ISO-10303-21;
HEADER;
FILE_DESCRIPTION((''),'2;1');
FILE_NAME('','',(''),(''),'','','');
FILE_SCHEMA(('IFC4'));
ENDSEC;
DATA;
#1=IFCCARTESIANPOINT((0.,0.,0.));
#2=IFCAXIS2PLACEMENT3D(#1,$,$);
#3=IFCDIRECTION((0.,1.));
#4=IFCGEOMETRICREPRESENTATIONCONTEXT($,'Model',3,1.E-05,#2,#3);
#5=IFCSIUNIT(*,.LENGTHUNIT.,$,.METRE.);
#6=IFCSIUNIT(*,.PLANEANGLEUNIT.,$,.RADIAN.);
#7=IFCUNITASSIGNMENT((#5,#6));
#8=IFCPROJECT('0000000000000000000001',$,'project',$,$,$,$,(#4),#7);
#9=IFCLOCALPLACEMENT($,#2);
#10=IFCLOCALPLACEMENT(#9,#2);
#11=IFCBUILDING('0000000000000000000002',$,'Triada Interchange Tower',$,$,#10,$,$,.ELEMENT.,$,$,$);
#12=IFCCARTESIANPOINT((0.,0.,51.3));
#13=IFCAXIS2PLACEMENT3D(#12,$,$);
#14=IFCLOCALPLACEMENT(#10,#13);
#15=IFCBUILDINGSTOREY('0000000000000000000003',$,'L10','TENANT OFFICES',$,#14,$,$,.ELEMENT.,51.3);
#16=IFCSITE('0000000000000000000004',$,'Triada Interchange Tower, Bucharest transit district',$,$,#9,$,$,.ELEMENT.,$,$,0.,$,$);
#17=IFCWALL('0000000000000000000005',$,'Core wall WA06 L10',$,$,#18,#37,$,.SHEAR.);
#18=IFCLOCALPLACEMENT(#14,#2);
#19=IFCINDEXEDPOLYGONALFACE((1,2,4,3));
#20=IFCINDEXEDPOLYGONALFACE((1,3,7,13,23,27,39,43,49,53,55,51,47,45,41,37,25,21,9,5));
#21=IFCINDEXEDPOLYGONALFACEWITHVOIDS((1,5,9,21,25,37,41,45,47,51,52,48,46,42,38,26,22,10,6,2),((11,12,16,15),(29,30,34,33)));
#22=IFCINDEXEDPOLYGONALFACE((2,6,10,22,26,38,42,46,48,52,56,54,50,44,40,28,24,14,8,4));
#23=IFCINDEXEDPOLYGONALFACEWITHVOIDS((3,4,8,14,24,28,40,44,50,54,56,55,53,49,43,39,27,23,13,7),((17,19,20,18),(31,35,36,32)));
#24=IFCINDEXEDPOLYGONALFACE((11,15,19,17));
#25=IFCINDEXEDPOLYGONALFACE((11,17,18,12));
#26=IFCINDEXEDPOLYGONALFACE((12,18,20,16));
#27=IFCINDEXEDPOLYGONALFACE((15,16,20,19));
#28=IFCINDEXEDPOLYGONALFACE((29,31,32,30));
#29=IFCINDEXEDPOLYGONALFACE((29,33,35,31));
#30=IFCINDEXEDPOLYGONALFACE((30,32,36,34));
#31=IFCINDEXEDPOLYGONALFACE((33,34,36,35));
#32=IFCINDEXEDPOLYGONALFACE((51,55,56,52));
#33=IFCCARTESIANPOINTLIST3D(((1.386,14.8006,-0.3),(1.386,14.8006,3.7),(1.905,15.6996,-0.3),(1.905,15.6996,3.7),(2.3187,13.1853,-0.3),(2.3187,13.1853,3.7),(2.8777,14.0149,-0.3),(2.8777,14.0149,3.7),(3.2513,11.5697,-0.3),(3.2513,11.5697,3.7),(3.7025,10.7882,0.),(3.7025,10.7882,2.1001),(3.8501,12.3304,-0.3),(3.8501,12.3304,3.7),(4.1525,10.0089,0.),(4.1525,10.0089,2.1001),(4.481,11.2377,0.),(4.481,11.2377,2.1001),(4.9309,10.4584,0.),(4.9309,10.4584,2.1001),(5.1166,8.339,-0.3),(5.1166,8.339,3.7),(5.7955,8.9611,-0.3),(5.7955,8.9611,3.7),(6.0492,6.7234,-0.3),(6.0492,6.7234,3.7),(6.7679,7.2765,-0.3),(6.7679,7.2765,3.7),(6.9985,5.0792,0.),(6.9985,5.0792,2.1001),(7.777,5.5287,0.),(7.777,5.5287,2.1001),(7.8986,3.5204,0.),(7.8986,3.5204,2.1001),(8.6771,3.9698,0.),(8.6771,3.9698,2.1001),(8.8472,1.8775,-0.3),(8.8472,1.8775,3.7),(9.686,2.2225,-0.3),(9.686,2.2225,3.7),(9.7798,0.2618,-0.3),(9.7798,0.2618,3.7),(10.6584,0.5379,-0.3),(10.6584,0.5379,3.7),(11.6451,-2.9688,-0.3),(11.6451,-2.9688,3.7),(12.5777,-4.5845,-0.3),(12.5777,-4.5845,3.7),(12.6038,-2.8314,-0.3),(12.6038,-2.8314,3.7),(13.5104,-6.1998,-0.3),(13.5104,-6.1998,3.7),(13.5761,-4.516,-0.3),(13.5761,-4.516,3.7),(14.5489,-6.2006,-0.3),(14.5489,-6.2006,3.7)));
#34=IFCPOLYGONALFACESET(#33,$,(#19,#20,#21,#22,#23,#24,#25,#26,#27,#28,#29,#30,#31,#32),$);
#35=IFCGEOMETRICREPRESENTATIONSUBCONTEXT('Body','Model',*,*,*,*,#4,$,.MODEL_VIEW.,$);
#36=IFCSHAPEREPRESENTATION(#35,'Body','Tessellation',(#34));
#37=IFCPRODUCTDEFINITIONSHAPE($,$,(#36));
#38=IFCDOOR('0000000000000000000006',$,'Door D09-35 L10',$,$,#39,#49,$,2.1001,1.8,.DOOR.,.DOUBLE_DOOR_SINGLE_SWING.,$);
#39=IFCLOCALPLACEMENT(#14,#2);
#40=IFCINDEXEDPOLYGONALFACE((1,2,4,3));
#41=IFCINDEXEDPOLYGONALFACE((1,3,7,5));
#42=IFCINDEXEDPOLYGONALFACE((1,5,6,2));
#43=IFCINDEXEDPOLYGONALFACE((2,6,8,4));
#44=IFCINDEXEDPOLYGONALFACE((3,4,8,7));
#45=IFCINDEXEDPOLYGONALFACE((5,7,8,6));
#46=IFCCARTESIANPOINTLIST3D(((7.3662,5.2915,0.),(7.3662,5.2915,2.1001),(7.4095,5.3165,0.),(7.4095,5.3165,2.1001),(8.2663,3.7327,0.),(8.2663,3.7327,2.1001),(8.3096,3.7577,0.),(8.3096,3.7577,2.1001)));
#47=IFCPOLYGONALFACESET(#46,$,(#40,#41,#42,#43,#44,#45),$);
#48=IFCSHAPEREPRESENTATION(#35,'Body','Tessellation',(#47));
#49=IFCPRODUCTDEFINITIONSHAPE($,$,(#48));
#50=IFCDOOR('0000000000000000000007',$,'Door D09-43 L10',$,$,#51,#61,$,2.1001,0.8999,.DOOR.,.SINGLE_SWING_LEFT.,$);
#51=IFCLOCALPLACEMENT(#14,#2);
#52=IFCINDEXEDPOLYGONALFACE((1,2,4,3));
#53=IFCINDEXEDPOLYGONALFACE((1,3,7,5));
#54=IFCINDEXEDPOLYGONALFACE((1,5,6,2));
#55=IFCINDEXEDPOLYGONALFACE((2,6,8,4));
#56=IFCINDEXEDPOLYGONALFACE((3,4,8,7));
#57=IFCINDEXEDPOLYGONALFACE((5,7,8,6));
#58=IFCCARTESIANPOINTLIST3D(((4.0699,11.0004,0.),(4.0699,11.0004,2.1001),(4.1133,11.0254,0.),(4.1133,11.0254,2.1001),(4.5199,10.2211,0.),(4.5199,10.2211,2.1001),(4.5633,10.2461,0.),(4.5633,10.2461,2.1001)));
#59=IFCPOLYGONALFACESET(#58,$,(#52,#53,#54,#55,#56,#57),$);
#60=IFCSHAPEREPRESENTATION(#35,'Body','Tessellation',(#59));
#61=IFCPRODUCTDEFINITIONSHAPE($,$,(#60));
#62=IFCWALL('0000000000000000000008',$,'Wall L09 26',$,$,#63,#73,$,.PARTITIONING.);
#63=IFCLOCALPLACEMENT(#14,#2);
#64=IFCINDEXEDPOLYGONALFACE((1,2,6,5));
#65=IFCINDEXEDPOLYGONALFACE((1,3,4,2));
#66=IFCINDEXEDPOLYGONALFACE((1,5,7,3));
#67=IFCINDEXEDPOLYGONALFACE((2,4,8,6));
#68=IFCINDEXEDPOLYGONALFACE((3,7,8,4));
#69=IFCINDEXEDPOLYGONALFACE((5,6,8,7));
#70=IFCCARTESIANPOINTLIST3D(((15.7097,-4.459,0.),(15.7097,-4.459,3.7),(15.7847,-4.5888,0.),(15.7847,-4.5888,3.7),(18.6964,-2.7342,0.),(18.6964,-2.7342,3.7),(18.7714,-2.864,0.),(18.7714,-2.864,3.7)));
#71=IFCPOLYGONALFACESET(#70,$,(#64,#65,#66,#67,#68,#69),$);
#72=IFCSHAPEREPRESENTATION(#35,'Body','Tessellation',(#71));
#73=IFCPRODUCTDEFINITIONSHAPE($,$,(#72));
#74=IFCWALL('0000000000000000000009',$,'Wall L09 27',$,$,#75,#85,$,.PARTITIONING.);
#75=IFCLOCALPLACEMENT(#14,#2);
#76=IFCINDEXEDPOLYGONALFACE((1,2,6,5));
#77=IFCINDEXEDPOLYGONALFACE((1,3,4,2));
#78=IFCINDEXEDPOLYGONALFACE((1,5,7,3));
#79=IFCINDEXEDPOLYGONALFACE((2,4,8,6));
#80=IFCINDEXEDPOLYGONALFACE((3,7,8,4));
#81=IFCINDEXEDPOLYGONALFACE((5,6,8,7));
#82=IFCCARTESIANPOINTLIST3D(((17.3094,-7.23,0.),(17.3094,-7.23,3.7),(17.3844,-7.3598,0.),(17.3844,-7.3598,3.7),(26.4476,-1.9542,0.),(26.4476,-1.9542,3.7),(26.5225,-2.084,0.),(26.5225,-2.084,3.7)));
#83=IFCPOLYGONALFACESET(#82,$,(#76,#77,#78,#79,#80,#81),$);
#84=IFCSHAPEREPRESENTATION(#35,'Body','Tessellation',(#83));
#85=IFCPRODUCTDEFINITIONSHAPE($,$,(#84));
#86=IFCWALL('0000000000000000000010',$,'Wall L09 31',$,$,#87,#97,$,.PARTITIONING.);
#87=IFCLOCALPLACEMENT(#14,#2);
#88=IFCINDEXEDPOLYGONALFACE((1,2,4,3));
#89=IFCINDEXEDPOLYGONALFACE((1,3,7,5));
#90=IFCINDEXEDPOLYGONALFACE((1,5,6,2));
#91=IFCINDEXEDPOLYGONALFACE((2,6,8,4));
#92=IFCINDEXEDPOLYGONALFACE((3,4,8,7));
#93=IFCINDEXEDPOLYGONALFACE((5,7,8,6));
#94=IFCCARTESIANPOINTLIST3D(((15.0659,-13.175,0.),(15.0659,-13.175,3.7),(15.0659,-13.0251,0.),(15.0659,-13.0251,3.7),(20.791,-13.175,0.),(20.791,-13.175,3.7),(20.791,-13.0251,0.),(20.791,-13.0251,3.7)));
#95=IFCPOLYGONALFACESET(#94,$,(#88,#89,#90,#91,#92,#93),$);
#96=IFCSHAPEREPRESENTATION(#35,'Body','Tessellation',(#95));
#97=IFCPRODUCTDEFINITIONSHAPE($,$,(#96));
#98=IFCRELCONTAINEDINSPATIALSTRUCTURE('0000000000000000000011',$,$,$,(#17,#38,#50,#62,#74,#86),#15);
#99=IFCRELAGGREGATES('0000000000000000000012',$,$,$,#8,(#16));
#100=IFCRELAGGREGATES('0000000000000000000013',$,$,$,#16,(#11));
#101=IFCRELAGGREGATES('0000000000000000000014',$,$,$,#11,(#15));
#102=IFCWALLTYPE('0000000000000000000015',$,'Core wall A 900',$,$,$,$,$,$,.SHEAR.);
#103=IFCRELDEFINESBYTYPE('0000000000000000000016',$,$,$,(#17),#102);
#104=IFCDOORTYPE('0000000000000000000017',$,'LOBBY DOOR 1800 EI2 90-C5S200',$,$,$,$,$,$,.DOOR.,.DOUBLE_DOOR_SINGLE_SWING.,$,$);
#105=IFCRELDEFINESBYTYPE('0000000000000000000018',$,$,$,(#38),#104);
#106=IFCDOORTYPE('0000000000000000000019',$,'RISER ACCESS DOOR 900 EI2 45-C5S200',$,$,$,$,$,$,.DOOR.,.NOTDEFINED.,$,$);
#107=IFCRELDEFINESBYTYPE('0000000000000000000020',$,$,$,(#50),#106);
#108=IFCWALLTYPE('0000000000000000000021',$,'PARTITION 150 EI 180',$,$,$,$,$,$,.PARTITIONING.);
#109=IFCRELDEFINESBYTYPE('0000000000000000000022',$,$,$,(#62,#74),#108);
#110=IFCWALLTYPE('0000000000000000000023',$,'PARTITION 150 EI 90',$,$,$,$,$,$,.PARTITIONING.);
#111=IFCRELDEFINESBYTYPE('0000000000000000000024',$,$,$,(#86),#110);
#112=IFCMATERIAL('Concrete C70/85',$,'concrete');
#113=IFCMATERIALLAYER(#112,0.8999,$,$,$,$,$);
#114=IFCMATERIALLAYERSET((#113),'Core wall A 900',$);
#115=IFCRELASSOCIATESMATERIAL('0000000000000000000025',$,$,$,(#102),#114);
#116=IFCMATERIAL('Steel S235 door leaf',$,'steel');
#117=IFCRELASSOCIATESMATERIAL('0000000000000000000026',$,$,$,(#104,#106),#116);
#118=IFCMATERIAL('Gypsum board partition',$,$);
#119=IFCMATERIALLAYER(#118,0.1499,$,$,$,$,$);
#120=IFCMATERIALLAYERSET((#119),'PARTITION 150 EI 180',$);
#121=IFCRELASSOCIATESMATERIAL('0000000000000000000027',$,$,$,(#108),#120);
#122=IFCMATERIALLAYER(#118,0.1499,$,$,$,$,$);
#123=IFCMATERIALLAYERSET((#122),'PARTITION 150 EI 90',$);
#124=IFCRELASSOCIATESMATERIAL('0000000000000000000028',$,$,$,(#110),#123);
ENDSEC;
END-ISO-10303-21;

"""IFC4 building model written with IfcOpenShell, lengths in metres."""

from ifc_helpers import new_model, si_unit, direction, frame, frame_2d, origin, place, context, subcontext, project, spatial, polyline, rectangle, outline, extrude, material, layer, layer_set, type_object, element, fill, save


model = new_model("IFC4")

# Units and contexts
model_context = context("Model", 3, precision=1e-05, world=origin(), true_north=direction((0.0, 1.0)))
body_context = subcontext(model_context, "Body", "Model", "MODEL_VIEW")
ifc_project = project(units=[si_unit("LENGTHUNIT", "METRE"), si_unit("PLANEANGLEUNIT", "RADIAN")], contexts=[model_context])

# Site, building, storey
site_placement = place(None, origin())
site = spatial("IfcSite", under=ifc_project, at=site_placement, Name="Triada Interchange Tower, Bucharest transit district", CompositionType="ELEMENT", RefElevation=0.0)
building_placement = place(site_placement, origin())
building = spatial("IfcBuilding", under=site, at=building_placement, Name="Triada Interchange Tower", CompositionType="ELEMENT")
storey_placement = place(building_placement, frame((0.0, 0.0, 51.3)))
storey = spatial("IfcBuildingStorey", under=building, at=storey_placement, Name="L10", Description="TENANT OFFICES", CompositionType="ELEMENT", Elevation=51.3)

# Shared definitions
ifc_material_1 = material(Name="Steel S235 door leaf", Category="steel")

# Shared definitions
ifc_material_2 = material(Name="Concrete C70/85", Category="concrete")
ifc_layer_1 = layer(ifc_material_2, 0.8999)
ifc_layer_set_1 = layer_set([ifc_layer_1], Name="Core wall A 900")
wall_type_1 = type_object("IfcWallType", Name="Core wall A 900", PredefinedType="SHEAR", material=ifc_layer_set_1)

# Wall, openings, doors
wall_1_placement = place(storey_placement, frame((14.03, -6.2, -0.3), z_axis=(0.0, 0.0, 1.0), x_axis=(-0.500026, 0.86601, 0.0)))
wall_1 = element("IfcWall", 1, at=wall_1_placement, inside=storey, type_object=wall_type_1, Name="Core wall WA06 L10", PredefinedType="SHEAR", context=body_context, shape_type="SweptSolid", body=[
    extrude(outline(polyline([(-0.26, -0.449), (1.6853, -0.449), (3.6304, -0.4492), (5.5757, -0.4492), (7.521, -0.4492), (9.4661, -0.4495), (11.4114, -0.4495), (13.3567, -0.4495), (15.302, -0.4495), (17.2471, -0.4497), (19.1924, -0.4497), (21.1377, -0.4497), (23.0828, -0.45), (25.0281, -0.45), (24.509, 0.449), (22.6438, 0.449), (20.7783, 0.4492), (18.9131, 0.4492), (17.0479, 0.4492), (15.1824, 0.4495), (13.3171, 0.4495), (11.4519, 0.4495), (9.5867, 0.4495), (7.7212, 0.4497), (5.856, 0.4497), (3.9907, 0.4497), (2.1252, 0.45), (0.26, 0.45), (-0.26, -0.449)])), origin(), (0.0, 0.0, 1.0), 4.0),
])
opening_1_placement = place(wall_1_placement, frame((11.4839, 0.0, 0.3)))
opening_1 = element("IfcOpeningElement", 2, at=opening_1_placement, cuts=wall_1, PredefinedType="OPENING", context=body_context, shape_type="SweptSolid", body=[
    extrude(rectangle(XDim=1.8, YDim=2.1001, at=frame_2d((0.8999, 1.05))), frame((0.0, 0.46, 0.0), z_axis=(0.0, -1.0, 0.0), x_axis=(1.0, 0.0, 0.0)), (0.0, 0.0, 1.0), 0.9199),
])
opening_2_placement = place(wall_1_placement, frame((18.9761, 0.0, 0.3)))
opening_2 = element("IfcOpeningElement", 3, at=opening_2_placement, cuts=wall_1, PredefinedType="OPENING", context=body_context, shape_type="SweptSolid", body=[
    extrude(rectangle(XDim=0.8999, YDim=2.1001, at=frame_2d((0.45, 1.05))), frame((0.0, 0.46, 0.0), z_axis=(0.0, -1.0, 0.0), x_axis=(1.0, 0.0, 0.0)), (0.0, 0.0, 1.0), 0.9199),
])
door_type_1 = type_object("IfcDoorType", Name="LOBBY DOOR 1800 EI2 90-C5S200", OperationType="DOUBLE_DOOR_SINGLE_SWING", PredefinedType="DOOR", material=ifc_material_1)
door_1_placement = place(opening_1_placement, origin())
door_1 = element("IfcDoor", 4, at=door_1_placement, inside=storey, type_object=door_type_1, Name="Door D09-35 L10", OperationType="DOUBLE_DOOR_SINGLE_SWING", OverallHeight=2.1001, OverallWidth=1.8, PredefinedType="DOOR", context=body_context, shape_type="SweptSolid", body=[
    extrude(rectangle(XDim=1.8, YDim=2.1001, at=frame_2d((0.8999, 1.05))), frame((0.0, 0.0249, 0.0), z_axis=(0.0, -1.0, 0.0), x_axis=(1.0, 0.0, 0.0)), (0.0, 0.0, 1.0), 0.05),
])
fill(opening_1, door_1)
door_type_2 = type_object("IfcDoorType", Name="RISER ACCESS DOOR 900 EI2 45-C5S200", OperationType="NOTDEFINED", PredefinedType="DOOR", material=ifc_material_1)
door_2_placement = place(opening_2_placement, origin())
door_2 = element("IfcDoor", 5, at=door_2_placement, inside=storey, type_object=door_type_2, Name="Door D09-43 L10", OperationType="SINGLE_SWING_LEFT", OverallHeight=2.1001, OverallWidth=0.8999, PredefinedType="DOOR", context=body_context, shape_type="SweptSolid", body=[
    extrude(rectangle(XDim=0.8999, YDim=2.1001, at=frame_2d((0.45, 1.05))), frame((0.0, 0.0249, 0.0), z_axis=(0.0, -1.0, 0.0), x_axis=(1.0, 0.0, 0.0)), (0.0, 0.0, 1.0), 0.05),
])
fill(opening_2, door_2)

# Walls
ifc_material_3 = material(Name="Gypsum board partition")
ifc_layer_2 = layer(ifc_material_3, 0.1499)
ifc_layer_set_2 = layer_set([ifc_layer_2], Name="PARTITION 150 EI 180")
wall_type_2 = type_object("IfcWallType", Name="PARTITION 150 EI 180", PredefinedType="PARTITIONING", material=ifc_layer_set_2)
wall_2_placement = place(storey_placement, frame((15.7471, -4.5239, 0.0), z_axis=(0.0, 0.0, 1.0), x_axis=(0.865973, 0.50009, 0.0)))
element("IfcWall", 6, at=wall_2_placement, inside=storey, type_object=wall_type_2, Name="Wall L09 26", PredefinedType="PARTITIONING", context=body_context, shape_type="SweptSolid", body=[
    extrude(rectangle(XDim=3.449, YDim=0.1499, at=frame_2d((1.7246, 0.0))), origin(), (0.0, 0.0, 1.0), 3.7),
])
wall_3_placement = place(storey_placement, frame((17.3469, -7.2949, 0.0), z_axis=(0.0, 0.0, 1.0), x_axis=(0.866028, 0.499996, 0.0)))
element("IfcWall", 7, at=wall_3_placement, inside=storey, type_object=wall_type_2, Name="Wall L09 27", PredefinedType="PARTITIONING", context=body_context, shape_type="SweptSolid", body=[
    extrude(rectangle(XDim=10.5518, YDim=0.1499, at=frame_2d((5.2759, 0.0))), origin(), (0.0, 0.0, 1.0), 3.7),
])
ifc_layer_3 = layer(ifc_material_3, 0.1499)
ifc_layer_set_3 = layer_set([ifc_layer_3], Name="PARTITION 150 EI 90")
wall_type_3 = type_object("IfcWallType", Name="PARTITION 150 EI 90", PredefinedType="PARTITIONING", material=ifc_layer_set_3)
wall_4_placement = place(storey_placement, frame((15.0659, -13.1001, 0.0), z_axis=(0.0, 0.0, 1.0), x_axis=(1.0, 0.0, 0.0)))
element("IfcWall", 8, at=wall_4_placement, inside=storey, type_object=wall_type_3, Name="Wall L09 31", PredefinedType="PARTITIONING", context=body_context, shape_type="SweptSolid", body=[
    extrude(rectangle(XDim=5.7251, YDim=0.1499, at=frame_2d((2.8625, 0.0))), origin(), (0.0, 0.0, 1.0), 3.7),
])

save(model, "model.ifc")
